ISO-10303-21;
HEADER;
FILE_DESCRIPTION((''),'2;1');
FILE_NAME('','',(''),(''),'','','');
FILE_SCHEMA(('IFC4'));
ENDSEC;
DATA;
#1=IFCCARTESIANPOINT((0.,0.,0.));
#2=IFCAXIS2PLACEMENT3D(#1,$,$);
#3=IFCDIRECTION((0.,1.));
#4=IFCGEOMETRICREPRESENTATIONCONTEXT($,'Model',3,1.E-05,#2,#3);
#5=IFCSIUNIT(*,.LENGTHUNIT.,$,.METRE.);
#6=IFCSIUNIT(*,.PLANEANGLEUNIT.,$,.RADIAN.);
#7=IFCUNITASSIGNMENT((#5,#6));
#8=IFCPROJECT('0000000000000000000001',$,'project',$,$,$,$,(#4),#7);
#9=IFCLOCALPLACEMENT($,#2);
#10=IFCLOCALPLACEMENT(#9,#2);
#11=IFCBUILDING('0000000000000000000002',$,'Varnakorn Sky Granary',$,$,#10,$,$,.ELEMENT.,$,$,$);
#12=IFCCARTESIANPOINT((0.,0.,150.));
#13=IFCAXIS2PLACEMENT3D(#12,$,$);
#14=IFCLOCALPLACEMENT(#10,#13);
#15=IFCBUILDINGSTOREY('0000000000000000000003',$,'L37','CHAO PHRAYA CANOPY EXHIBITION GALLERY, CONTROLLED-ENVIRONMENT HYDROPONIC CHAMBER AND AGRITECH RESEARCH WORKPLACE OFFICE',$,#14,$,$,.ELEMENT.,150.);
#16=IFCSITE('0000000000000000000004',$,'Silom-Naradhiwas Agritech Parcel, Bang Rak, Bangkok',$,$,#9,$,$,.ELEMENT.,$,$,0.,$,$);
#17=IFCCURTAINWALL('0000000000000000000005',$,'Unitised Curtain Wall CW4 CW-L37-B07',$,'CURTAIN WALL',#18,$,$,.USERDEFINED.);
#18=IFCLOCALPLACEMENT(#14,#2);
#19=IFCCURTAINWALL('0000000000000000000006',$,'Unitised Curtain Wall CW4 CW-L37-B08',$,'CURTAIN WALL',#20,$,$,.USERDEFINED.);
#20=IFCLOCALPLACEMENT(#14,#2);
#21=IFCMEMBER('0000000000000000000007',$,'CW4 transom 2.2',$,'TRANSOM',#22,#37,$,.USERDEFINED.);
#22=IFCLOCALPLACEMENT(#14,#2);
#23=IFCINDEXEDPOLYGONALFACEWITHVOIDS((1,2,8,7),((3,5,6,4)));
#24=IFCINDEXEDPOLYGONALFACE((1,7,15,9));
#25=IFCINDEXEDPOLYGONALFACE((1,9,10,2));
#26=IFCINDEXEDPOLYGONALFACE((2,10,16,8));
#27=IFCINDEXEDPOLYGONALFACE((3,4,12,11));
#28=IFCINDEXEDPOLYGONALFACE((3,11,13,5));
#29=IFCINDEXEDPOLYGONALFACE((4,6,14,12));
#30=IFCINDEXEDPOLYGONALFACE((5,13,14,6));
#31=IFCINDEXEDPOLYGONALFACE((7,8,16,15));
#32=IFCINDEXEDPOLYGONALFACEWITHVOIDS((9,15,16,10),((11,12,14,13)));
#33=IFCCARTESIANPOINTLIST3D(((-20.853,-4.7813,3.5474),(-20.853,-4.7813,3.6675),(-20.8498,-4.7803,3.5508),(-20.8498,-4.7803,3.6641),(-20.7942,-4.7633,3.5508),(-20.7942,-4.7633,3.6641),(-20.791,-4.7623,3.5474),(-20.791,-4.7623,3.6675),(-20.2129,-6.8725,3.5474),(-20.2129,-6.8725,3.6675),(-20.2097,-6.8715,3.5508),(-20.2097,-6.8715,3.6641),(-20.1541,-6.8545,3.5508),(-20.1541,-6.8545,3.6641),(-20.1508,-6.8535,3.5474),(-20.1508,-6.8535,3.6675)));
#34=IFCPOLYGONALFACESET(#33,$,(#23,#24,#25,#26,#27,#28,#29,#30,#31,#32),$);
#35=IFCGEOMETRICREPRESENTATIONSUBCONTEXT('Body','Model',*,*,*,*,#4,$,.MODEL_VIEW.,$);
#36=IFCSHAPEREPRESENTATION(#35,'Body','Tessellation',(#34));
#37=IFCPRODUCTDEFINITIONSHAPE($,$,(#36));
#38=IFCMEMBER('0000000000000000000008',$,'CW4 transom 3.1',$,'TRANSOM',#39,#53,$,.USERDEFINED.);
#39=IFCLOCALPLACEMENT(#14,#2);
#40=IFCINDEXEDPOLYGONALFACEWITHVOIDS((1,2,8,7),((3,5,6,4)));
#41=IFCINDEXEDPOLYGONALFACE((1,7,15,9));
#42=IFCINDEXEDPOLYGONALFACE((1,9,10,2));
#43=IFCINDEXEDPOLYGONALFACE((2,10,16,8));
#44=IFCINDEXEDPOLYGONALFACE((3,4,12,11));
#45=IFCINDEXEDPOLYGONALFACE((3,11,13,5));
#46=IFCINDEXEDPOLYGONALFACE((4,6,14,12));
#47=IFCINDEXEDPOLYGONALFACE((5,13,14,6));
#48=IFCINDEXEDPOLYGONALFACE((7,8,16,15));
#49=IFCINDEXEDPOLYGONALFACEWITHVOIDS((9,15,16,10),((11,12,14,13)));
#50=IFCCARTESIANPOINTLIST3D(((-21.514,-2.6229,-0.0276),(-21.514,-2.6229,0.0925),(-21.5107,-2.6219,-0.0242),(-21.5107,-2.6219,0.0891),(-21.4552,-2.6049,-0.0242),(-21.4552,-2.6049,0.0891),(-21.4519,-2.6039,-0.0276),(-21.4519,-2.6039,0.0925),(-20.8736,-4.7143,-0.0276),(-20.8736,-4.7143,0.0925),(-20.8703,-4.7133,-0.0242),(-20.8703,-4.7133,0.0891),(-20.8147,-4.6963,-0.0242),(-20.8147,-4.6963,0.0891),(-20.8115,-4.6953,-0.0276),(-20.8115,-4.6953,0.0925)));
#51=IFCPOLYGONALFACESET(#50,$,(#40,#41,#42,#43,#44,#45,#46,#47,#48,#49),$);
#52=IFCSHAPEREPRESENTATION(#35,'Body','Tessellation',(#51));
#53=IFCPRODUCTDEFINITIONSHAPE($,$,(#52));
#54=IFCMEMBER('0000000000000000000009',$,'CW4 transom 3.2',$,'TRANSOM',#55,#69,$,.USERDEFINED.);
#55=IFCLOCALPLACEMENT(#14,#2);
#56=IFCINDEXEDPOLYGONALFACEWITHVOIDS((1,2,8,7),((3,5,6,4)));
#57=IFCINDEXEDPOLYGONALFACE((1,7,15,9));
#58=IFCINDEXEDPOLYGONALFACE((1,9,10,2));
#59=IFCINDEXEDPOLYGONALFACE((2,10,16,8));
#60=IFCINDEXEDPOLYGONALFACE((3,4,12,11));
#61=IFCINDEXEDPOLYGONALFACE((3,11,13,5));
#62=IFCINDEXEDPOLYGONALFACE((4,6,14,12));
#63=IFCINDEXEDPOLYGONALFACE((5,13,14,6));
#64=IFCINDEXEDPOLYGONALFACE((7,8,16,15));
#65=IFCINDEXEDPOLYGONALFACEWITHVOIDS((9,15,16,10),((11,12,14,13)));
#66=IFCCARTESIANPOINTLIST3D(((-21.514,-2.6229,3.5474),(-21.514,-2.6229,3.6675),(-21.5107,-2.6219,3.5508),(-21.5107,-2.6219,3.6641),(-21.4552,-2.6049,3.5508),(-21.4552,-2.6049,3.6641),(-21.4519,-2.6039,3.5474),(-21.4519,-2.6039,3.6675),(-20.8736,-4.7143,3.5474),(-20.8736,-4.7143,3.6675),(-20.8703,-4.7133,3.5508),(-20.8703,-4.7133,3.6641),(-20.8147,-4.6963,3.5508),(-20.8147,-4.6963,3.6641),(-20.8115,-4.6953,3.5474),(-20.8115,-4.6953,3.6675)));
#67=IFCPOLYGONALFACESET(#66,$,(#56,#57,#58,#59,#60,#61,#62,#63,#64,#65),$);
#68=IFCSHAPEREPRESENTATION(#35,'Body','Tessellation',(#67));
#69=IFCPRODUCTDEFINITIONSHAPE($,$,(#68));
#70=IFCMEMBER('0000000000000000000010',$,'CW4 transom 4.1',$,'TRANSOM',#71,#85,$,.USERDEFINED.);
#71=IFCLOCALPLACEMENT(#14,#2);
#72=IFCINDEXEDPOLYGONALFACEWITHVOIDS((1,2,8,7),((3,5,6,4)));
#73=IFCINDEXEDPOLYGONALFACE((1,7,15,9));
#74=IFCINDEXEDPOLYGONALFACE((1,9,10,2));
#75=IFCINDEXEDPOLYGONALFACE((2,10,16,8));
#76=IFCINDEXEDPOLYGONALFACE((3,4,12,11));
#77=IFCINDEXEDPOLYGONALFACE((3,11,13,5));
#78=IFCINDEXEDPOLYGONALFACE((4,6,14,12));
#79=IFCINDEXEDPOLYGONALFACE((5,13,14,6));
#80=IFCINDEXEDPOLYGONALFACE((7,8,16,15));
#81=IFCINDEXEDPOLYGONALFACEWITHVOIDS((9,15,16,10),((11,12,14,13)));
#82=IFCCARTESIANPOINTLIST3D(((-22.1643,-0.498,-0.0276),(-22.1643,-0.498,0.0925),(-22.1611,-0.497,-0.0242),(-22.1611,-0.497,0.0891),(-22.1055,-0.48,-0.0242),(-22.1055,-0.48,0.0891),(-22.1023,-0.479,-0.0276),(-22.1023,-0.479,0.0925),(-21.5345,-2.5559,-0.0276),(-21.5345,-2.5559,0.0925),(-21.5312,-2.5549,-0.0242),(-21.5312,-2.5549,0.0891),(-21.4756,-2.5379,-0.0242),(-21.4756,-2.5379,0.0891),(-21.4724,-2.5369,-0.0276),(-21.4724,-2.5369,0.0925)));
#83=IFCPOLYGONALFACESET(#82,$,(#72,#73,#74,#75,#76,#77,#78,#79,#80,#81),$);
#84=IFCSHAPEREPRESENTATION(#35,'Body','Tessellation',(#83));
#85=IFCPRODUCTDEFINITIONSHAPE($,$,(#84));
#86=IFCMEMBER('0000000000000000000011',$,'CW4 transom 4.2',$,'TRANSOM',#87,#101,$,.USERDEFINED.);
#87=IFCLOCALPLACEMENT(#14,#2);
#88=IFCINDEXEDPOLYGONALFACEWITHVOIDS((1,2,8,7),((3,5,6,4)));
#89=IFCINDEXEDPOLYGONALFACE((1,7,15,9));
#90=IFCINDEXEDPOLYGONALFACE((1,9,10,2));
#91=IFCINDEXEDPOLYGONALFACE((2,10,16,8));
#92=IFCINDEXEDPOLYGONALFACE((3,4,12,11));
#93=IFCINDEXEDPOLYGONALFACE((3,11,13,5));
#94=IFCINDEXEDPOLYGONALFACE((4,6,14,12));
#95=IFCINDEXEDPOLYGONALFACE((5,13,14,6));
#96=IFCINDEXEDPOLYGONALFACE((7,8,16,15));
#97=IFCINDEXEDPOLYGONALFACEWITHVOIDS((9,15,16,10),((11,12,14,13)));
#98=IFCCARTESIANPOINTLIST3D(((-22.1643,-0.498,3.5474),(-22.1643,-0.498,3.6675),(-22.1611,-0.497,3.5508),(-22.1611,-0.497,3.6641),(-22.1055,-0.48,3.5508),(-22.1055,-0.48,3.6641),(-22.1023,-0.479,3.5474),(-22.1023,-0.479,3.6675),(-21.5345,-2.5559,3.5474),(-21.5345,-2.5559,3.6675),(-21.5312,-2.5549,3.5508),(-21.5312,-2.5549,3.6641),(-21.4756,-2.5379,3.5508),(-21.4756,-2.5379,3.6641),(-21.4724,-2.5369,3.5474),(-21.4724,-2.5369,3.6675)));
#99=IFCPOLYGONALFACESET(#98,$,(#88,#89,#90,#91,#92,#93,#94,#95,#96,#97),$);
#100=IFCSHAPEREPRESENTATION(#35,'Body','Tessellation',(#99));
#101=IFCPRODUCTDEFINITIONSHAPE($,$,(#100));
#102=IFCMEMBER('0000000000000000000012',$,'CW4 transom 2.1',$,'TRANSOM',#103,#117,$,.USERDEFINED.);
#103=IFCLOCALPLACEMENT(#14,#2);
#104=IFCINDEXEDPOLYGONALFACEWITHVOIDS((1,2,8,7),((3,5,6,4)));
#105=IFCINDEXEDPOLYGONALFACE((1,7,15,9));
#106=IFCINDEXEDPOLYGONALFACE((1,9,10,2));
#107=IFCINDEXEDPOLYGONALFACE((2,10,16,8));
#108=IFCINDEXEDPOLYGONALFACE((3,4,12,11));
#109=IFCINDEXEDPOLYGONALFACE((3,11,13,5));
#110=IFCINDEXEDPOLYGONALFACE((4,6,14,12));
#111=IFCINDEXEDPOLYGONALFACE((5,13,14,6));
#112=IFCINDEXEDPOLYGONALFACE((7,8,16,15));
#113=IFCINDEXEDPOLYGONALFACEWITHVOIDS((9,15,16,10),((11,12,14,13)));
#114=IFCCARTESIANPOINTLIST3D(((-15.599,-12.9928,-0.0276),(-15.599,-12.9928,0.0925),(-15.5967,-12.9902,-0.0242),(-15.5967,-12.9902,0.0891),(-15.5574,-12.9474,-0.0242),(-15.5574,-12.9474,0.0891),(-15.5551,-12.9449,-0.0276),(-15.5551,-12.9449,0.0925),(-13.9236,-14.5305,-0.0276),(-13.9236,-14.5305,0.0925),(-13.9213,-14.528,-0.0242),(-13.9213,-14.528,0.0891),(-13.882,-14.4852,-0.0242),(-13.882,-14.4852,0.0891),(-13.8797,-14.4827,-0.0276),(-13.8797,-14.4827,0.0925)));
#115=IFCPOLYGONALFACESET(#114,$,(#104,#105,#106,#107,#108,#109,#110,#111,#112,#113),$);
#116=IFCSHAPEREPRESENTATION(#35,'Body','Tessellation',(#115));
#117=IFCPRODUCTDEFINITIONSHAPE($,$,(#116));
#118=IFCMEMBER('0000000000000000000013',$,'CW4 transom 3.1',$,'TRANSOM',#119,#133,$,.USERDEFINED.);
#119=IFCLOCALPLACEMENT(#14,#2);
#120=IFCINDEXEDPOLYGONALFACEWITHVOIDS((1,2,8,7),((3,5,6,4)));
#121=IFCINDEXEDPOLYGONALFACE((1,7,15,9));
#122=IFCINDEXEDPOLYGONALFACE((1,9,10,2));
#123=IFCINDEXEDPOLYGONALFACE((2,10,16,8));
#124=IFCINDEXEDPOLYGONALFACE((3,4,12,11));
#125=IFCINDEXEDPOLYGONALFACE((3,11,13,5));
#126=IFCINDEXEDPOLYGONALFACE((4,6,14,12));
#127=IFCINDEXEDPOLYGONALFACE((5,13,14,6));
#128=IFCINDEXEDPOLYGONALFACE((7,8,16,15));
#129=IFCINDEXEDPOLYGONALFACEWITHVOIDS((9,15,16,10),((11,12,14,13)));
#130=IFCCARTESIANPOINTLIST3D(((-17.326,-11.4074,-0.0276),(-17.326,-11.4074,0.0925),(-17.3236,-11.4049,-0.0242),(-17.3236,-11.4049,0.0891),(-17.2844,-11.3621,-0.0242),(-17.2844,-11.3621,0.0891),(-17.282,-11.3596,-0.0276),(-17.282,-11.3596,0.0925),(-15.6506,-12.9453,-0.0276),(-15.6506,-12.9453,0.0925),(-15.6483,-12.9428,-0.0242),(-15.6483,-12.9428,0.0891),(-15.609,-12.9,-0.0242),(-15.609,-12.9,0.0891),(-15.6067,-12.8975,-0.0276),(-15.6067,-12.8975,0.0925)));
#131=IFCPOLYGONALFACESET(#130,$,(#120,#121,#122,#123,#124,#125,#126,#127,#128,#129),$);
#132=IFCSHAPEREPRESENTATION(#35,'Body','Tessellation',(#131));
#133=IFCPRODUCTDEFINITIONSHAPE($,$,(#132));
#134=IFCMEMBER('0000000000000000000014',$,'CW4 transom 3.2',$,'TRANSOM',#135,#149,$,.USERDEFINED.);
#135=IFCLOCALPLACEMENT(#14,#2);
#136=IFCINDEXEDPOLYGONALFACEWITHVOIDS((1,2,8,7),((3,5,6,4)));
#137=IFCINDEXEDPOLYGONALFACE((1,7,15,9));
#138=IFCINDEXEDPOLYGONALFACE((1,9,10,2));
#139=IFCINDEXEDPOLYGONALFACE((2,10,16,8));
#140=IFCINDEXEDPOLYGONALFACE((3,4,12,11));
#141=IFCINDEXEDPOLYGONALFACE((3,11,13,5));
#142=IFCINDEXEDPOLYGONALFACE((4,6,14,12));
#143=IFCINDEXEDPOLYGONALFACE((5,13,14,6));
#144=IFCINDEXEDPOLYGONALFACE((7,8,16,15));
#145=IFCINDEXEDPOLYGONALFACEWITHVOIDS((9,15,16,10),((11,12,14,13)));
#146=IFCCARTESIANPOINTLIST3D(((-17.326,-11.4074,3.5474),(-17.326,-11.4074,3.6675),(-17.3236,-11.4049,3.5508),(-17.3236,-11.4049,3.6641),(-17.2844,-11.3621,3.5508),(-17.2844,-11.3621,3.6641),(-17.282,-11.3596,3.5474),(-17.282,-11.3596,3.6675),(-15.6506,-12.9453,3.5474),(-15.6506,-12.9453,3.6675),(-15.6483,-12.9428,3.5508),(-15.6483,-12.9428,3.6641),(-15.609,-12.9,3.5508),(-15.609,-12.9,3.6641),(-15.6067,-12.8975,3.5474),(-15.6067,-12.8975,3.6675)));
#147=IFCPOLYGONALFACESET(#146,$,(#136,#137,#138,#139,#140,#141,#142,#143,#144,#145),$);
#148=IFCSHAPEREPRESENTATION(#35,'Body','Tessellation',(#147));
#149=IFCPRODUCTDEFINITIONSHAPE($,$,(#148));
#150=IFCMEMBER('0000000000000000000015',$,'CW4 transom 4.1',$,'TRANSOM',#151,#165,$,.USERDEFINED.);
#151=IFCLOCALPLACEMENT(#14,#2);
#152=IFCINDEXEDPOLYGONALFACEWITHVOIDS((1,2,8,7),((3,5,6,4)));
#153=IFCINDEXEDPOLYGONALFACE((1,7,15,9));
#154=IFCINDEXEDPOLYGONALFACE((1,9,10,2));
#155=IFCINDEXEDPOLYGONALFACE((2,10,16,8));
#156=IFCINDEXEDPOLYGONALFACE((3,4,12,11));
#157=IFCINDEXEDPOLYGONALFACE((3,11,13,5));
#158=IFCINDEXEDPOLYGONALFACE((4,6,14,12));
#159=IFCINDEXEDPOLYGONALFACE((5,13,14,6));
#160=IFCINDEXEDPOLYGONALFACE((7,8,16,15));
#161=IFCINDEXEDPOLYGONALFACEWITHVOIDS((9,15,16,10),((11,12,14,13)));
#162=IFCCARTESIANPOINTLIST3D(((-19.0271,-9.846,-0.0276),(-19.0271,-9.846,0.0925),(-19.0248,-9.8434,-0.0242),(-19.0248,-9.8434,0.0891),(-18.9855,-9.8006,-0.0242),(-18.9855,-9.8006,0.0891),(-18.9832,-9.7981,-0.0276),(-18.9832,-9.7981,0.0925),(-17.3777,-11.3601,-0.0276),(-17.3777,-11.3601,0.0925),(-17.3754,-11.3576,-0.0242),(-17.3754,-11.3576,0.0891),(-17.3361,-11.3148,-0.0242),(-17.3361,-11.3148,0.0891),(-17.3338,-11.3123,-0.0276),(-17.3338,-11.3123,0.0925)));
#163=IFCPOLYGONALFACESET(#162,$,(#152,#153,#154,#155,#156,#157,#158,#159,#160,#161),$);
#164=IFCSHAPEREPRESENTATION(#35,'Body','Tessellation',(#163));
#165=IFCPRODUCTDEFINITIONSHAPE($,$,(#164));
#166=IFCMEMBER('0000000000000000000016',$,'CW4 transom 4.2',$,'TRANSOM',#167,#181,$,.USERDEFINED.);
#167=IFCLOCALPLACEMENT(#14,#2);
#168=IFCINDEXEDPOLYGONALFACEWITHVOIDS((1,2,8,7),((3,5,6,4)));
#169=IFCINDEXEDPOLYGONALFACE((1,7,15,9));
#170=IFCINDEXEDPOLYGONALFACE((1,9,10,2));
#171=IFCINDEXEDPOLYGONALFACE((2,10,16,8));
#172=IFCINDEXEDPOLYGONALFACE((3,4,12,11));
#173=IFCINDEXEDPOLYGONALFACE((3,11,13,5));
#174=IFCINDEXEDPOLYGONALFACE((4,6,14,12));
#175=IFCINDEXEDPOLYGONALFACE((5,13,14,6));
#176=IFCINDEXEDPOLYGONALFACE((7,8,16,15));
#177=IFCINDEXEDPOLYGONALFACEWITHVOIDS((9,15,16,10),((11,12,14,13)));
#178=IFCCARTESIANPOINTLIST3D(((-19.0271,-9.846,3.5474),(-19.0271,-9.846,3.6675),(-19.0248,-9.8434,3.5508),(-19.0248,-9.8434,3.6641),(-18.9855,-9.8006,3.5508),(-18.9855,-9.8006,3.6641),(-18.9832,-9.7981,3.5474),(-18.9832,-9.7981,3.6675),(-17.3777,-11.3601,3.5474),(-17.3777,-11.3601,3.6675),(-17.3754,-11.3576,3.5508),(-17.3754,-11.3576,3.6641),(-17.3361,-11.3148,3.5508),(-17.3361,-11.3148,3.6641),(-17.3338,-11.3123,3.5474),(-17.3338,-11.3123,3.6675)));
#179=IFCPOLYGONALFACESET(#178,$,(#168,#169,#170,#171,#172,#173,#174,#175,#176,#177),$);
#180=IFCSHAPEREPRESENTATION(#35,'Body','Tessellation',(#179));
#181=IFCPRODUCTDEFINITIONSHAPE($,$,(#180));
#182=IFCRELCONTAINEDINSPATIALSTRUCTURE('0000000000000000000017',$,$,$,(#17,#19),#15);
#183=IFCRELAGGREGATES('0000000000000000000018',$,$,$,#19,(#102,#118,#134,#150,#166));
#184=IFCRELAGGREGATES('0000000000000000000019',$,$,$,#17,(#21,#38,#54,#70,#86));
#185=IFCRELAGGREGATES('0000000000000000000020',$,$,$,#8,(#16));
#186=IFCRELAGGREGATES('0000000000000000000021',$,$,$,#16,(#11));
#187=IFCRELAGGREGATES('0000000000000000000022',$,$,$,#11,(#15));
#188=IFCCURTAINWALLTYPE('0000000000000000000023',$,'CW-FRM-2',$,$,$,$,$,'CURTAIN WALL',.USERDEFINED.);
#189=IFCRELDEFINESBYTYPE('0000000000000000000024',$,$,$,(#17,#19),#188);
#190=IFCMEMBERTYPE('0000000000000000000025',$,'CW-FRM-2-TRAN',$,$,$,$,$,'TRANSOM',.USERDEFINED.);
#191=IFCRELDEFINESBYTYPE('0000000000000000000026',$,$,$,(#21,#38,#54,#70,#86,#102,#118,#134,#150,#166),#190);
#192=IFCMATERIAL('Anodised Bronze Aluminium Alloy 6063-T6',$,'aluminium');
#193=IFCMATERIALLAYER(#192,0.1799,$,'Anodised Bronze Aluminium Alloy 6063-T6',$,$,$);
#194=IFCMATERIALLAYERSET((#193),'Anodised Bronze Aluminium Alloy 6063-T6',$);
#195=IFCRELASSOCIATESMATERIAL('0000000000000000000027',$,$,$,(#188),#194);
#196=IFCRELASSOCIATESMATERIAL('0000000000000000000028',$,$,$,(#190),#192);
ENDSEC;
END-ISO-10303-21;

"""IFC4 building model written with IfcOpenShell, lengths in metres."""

from ifc_helpers import new_model, si_unit, direction, frame, origin, origin_2d, place, context, subcontext, project, spatial, hollow_rectangle, extrude, material, layer, layer_set, material_profile, profile_set, type_object, element, aggregate, save


model = new_model("IFC4")

# Units and contexts
model_context = context("Model", 3, precision=1e-05, world=origin(), true_north=direction((0.0, 1.0)))
body_context = subcontext(model_context, "Body", "Model", "MODEL_VIEW")
ifc_project = project(units=[si_unit("LENGTHUNIT", "METRE"), si_unit("PLANEANGLEUNIT", "RADIAN")], contexts=[model_context])

# Site, building, storey
site_placement = place(None, origin())
site = spatial("IfcSite", under=ifc_project, at=site_placement, Name="Silom-Naradhiwas Agritech Parcel, Bang Rak, Bangkok", CompositionType="ELEMENT", RefElevation=0.0)
building_placement = place(site_placement, origin())
building = spatial("IfcBuilding", under=site, at=building_placement, Name="Varnakorn Sky Granary", CompositionType="ELEMENT")
storey_placement = place(building_placement, frame((0.0, 0.0, 150.0)))
storey = spatial("IfcBuildingStorey", under=building, at=storey_placement, Name="L37", Description="CHAO PHRAYA CANOPY EXHIBITION GALLERY, CONTROLLED-ENVIRONMENT HYDROPONIC CHAMBER AND AGRITECH RESEARCH WORKPLACE OFFICE", CompositionType="ELEMENT", Elevation=150.0)

# Curtain walls
ifc_material_1 = material(Name="Anodised Bronze Aluminium Alloy 6063-T6", Category="aluminium")
ifc_layer_1 = layer(ifc_material_1, 0.1799, Name="Anodised Bronze Aluminium Alloy 6063-T6")
ifc_layer_set_1 = layer_set([ifc_layer_1], Name="Anodised Bronze Aluminium Alloy 6063-T6")
curtain_wall_type = type_object("IfcCurtainWallType", Name="CW-FRM-2", ElementType="CURTAIN WALL", PredefinedType="USERDEFINED", material=ifc_layer_set_1)
curtain_wall_1_placement = place(storey_placement, origin())
curtain_wall_1 = element("IfcCurtainWall", 1, at=curtain_wall_1_placement, inside=storey, type_object=curtain_wall_type, Name="Unitised Curtain Wall CW4 CW-L37-B07", ObjectType="CURTAIN WALL", PredefinedType="USERDEFINED")
curtain_wall_2_placement = place(storey_placement, origin())
curtain_wall_2 = element("IfcCurtainWall", 2, at=curtain_wall_2_placement, inside=storey, type_object=curtain_wall_type, Name="Unitised Curtain Wall CW4 CW-L37-B08", ObjectType="CURTAIN WALL", PredefinedType="USERDEFINED")

# Members
ifc_material_profile_1 = material_profile(ifc_material_1, hollow_rectangle(XDim=0.0649, YDim=0.1201, WallThickness=0.0034, at=origin_2d()), Name="ALU TRAN 65x120")
ifc_profile_set_1 = profile_set([ifc_material_profile_1], Name="Anodised Bronze Aluminium Alloy 6063-T6")
member_type_1 = type_object("IfcMemberType", Name="CW-FRM-2-TRAN", ElementType="TRANSOM", PredefinedType="USERDEFINED", material=ifc_profile_set_1)
member_1_placement = place(storey_placement, frame((-20.1819, -6.863, 3.6074), z_axis=(-0.292689, 0.956208, 0.0), x_axis=(-0.956208, -0.292689, 0.0)))
member_1 = element("IfcMember", 3, at=member_1_placement, type_object=member_type_1, Name="CW4 transom 2.2", ObjectType="TRANSOM", PredefinedType="USERDEFINED", context=body_context, shape_type="SweptSolid", body=[
    extrude(hollow_rectangle(XDim=0.0649, YDim=0.1201, WallThickness=0.0034, at=origin_2d()), origin(), (0.0, 0.0, 1.0), 2.187),
])
member_2_placement = place(storey_placement, frame((-20.8425, -4.7048, 0.0325), z_axis=(-0.292791, 0.956176, 0.0), x_axis=(-0.956176, -0.292791, 0.0)))
member_2 = element("IfcMember", 4, at=member_2_placement, type_object=member_type_1, Name="CW4 transom 3.1", ObjectType="TRANSOM", PredefinedType="USERDEFINED", context=body_context, shape_type="SweptSolid", body=[
    extrude(hollow_rectangle(XDim=0.0649, YDim=0.1201, WallThickness=0.0034, at=origin_2d()), origin(), (0.0, 0.0, 1.0), 2.1873),
])
member_3_placement = place(storey_placement, frame((-20.8425, -4.7048, 3.6074), z_axis=(-0.292791, 0.956176, 0.0), x_axis=(-0.956176, -0.292791, 0.0)))
member_3 = element("IfcMember", 5, at=member_3_placement, type_object=member_type_1, Name="CW4 transom 3.2", ObjectType="TRANSOM", PredefinedType="USERDEFINED", context=body_context, shape_type="SweptSolid", body=[
    extrude(hollow_rectangle(XDim=0.0649, YDim=0.1201, WallThickness=0.0034, at=origin_2d()), origin(), (0.0, 0.0, 1.0), 2.1873),
])
member_4_placement = place(storey_placement, frame((-21.5034, -2.5464, 0.0325), z_axis=(-0.292683, 0.95621, 0.0), x_axis=(-0.95621, -0.292683, 0.0)))
member_4 = element("IfcMember", 6, at=member_4_placement, type_object=member_type_1, Name="CW4 transom 4.1", ObjectType="TRANSOM", PredefinedType="USERDEFINED", context=body_context, shape_type="SweptSolid", body=[
    extrude(hollow_rectangle(XDim=0.0649, YDim=0.1201, WallThickness=0.0034, at=origin_2d()), origin(), (0.0, 0.0, 1.0), 2.1521),
])
member_5_placement = place(storey_placement, frame((-21.5034, -2.5464, 3.6074), z_axis=(-0.292683, 0.95621, 0.0), x_axis=(-0.95621, -0.292683, 0.0)))
member_5 = element("IfcMember", 7, at=member_5_placement, type_object=member_type_1, Name="CW4 transom 4.2", ObjectType="TRANSOM", PredefinedType="USERDEFINED", context=body_context, shape_type="SweptSolid", body=[
    extrude(hollow_rectangle(XDim=0.0649, YDim=0.1201, WallThickness=0.0034, at=origin_2d()), origin(), (0.0, 0.0, 1.0), 2.1521),
])
member_6_placement = place(storey_placement, frame((-13.9016, -14.5066, 0.0325), z_axis=(-0.736731, 0.676186, 0.0), x_axis=(-0.676186, -0.736731, 0.0)))
member_6 = element("IfcMember", 8, at=member_6_placement, type_object=member_type_1, Name="CW4 transom 2.1", ObjectType="TRANSOM", PredefinedType="USERDEFINED", context=body_context, shape_type="SweptSolid", body=[
    extrude(hollow_rectangle(XDim=0.0649, YDim=0.1201, WallThickness=0.0034, at=origin_2d()), origin(), (0.0, 0.0, 1.0), 2.2742),
])
member_7_placement = place(storey_placement, frame((-15.6287, -12.9214, 0.0325), z_axis=(-0.736682, 0.67624, 0.0), x_axis=(-0.67624, -0.736682, 0.0)))
member_7 = element("IfcMember", 9, at=member_7_placement, type_object=member_type_1, Name="CW4 transom 3.1", ObjectType="TRANSOM", PredefinedType="USERDEFINED", context=body_context, shape_type="SweptSolid", body=[
    extrude(hollow_rectangle(XDim=0.0649, YDim=0.1201, WallThickness=0.0034, at=origin_2d()), origin(), (0.0, 0.0, 1.0), 2.2742),
])
member_8_placement = place(storey_placement, frame((-15.6287, -12.9214, 3.6074), z_axis=(-0.736682, 0.67624, 0.0), x_axis=(-0.67624, -0.736682, 0.0)))
member_8 = element("IfcMember", 10, at=member_8_placement, type_object=member_type_1, Name="CW4 transom 3.2", ObjectType="TRANSOM", PredefinedType="USERDEFINED", context=body_context, shape_type="SweptSolid", body=[
    extrude(hollow_rectangle(XDim=0.0649, YDim=0.1201, WallThickness=0.0034, at=origin_2d()), origin(), (0.0, 0.0, 1.0), 2.2742),
])
member_9_placement = place(storey_placement, frame((-17.3557, -11.3362, 0.0325), z_axis=(-0.736665, 0.676258, 0.0), x_axis=(-0.676258, -0.736665, 0.0)))
member_9 = element("IfcMember", 11, at=member_9_placement, type_object=member_type_1, Name="CW4 transom 4.1", ObjectType="TRANSOM", PredefinedType="USERDEFINED", context=body_context, shape_type="SweptSolid", body=[
    extrude(hollow_rectangle(XDim=0.0649, YDim=0.1201, WallThickness=0.0034, at=origin_2d()), origin(), (0.0, 0.0, 1.0), 2.239),
])
member_10_placement = place(storey_placement, frame((-17.3557, -11.3362, 3.6074), z_axis=(-0.736665, 0.676258, 0.0), x_axis=(-0.676258, -0.736665, 0.0)))
member_10 = element("IfcMember", 12, at=member_10_placement, type_object=member_type_1, Name="CW4 transom 4.2", ObjectType="TRANSOM", PredefinedType="USERDEFINED", context=body_context, shape_type="SweptSolid", body=[
    extrude(hollow_rectangle(XDim=0.0649, YDim=0.1201, WallThickness=0.0034, at=origin_2d()), origin(), (0.0, 0.0, 1.0), 2.239),
])

aggregate(curtain_wall_2, [member_6, member_7, member_8, member_9, member_10])
aggregate(curtain_wall_1, [member_1, member_2, member_3, member_4, member_5])

save(model, "model.ifc")
